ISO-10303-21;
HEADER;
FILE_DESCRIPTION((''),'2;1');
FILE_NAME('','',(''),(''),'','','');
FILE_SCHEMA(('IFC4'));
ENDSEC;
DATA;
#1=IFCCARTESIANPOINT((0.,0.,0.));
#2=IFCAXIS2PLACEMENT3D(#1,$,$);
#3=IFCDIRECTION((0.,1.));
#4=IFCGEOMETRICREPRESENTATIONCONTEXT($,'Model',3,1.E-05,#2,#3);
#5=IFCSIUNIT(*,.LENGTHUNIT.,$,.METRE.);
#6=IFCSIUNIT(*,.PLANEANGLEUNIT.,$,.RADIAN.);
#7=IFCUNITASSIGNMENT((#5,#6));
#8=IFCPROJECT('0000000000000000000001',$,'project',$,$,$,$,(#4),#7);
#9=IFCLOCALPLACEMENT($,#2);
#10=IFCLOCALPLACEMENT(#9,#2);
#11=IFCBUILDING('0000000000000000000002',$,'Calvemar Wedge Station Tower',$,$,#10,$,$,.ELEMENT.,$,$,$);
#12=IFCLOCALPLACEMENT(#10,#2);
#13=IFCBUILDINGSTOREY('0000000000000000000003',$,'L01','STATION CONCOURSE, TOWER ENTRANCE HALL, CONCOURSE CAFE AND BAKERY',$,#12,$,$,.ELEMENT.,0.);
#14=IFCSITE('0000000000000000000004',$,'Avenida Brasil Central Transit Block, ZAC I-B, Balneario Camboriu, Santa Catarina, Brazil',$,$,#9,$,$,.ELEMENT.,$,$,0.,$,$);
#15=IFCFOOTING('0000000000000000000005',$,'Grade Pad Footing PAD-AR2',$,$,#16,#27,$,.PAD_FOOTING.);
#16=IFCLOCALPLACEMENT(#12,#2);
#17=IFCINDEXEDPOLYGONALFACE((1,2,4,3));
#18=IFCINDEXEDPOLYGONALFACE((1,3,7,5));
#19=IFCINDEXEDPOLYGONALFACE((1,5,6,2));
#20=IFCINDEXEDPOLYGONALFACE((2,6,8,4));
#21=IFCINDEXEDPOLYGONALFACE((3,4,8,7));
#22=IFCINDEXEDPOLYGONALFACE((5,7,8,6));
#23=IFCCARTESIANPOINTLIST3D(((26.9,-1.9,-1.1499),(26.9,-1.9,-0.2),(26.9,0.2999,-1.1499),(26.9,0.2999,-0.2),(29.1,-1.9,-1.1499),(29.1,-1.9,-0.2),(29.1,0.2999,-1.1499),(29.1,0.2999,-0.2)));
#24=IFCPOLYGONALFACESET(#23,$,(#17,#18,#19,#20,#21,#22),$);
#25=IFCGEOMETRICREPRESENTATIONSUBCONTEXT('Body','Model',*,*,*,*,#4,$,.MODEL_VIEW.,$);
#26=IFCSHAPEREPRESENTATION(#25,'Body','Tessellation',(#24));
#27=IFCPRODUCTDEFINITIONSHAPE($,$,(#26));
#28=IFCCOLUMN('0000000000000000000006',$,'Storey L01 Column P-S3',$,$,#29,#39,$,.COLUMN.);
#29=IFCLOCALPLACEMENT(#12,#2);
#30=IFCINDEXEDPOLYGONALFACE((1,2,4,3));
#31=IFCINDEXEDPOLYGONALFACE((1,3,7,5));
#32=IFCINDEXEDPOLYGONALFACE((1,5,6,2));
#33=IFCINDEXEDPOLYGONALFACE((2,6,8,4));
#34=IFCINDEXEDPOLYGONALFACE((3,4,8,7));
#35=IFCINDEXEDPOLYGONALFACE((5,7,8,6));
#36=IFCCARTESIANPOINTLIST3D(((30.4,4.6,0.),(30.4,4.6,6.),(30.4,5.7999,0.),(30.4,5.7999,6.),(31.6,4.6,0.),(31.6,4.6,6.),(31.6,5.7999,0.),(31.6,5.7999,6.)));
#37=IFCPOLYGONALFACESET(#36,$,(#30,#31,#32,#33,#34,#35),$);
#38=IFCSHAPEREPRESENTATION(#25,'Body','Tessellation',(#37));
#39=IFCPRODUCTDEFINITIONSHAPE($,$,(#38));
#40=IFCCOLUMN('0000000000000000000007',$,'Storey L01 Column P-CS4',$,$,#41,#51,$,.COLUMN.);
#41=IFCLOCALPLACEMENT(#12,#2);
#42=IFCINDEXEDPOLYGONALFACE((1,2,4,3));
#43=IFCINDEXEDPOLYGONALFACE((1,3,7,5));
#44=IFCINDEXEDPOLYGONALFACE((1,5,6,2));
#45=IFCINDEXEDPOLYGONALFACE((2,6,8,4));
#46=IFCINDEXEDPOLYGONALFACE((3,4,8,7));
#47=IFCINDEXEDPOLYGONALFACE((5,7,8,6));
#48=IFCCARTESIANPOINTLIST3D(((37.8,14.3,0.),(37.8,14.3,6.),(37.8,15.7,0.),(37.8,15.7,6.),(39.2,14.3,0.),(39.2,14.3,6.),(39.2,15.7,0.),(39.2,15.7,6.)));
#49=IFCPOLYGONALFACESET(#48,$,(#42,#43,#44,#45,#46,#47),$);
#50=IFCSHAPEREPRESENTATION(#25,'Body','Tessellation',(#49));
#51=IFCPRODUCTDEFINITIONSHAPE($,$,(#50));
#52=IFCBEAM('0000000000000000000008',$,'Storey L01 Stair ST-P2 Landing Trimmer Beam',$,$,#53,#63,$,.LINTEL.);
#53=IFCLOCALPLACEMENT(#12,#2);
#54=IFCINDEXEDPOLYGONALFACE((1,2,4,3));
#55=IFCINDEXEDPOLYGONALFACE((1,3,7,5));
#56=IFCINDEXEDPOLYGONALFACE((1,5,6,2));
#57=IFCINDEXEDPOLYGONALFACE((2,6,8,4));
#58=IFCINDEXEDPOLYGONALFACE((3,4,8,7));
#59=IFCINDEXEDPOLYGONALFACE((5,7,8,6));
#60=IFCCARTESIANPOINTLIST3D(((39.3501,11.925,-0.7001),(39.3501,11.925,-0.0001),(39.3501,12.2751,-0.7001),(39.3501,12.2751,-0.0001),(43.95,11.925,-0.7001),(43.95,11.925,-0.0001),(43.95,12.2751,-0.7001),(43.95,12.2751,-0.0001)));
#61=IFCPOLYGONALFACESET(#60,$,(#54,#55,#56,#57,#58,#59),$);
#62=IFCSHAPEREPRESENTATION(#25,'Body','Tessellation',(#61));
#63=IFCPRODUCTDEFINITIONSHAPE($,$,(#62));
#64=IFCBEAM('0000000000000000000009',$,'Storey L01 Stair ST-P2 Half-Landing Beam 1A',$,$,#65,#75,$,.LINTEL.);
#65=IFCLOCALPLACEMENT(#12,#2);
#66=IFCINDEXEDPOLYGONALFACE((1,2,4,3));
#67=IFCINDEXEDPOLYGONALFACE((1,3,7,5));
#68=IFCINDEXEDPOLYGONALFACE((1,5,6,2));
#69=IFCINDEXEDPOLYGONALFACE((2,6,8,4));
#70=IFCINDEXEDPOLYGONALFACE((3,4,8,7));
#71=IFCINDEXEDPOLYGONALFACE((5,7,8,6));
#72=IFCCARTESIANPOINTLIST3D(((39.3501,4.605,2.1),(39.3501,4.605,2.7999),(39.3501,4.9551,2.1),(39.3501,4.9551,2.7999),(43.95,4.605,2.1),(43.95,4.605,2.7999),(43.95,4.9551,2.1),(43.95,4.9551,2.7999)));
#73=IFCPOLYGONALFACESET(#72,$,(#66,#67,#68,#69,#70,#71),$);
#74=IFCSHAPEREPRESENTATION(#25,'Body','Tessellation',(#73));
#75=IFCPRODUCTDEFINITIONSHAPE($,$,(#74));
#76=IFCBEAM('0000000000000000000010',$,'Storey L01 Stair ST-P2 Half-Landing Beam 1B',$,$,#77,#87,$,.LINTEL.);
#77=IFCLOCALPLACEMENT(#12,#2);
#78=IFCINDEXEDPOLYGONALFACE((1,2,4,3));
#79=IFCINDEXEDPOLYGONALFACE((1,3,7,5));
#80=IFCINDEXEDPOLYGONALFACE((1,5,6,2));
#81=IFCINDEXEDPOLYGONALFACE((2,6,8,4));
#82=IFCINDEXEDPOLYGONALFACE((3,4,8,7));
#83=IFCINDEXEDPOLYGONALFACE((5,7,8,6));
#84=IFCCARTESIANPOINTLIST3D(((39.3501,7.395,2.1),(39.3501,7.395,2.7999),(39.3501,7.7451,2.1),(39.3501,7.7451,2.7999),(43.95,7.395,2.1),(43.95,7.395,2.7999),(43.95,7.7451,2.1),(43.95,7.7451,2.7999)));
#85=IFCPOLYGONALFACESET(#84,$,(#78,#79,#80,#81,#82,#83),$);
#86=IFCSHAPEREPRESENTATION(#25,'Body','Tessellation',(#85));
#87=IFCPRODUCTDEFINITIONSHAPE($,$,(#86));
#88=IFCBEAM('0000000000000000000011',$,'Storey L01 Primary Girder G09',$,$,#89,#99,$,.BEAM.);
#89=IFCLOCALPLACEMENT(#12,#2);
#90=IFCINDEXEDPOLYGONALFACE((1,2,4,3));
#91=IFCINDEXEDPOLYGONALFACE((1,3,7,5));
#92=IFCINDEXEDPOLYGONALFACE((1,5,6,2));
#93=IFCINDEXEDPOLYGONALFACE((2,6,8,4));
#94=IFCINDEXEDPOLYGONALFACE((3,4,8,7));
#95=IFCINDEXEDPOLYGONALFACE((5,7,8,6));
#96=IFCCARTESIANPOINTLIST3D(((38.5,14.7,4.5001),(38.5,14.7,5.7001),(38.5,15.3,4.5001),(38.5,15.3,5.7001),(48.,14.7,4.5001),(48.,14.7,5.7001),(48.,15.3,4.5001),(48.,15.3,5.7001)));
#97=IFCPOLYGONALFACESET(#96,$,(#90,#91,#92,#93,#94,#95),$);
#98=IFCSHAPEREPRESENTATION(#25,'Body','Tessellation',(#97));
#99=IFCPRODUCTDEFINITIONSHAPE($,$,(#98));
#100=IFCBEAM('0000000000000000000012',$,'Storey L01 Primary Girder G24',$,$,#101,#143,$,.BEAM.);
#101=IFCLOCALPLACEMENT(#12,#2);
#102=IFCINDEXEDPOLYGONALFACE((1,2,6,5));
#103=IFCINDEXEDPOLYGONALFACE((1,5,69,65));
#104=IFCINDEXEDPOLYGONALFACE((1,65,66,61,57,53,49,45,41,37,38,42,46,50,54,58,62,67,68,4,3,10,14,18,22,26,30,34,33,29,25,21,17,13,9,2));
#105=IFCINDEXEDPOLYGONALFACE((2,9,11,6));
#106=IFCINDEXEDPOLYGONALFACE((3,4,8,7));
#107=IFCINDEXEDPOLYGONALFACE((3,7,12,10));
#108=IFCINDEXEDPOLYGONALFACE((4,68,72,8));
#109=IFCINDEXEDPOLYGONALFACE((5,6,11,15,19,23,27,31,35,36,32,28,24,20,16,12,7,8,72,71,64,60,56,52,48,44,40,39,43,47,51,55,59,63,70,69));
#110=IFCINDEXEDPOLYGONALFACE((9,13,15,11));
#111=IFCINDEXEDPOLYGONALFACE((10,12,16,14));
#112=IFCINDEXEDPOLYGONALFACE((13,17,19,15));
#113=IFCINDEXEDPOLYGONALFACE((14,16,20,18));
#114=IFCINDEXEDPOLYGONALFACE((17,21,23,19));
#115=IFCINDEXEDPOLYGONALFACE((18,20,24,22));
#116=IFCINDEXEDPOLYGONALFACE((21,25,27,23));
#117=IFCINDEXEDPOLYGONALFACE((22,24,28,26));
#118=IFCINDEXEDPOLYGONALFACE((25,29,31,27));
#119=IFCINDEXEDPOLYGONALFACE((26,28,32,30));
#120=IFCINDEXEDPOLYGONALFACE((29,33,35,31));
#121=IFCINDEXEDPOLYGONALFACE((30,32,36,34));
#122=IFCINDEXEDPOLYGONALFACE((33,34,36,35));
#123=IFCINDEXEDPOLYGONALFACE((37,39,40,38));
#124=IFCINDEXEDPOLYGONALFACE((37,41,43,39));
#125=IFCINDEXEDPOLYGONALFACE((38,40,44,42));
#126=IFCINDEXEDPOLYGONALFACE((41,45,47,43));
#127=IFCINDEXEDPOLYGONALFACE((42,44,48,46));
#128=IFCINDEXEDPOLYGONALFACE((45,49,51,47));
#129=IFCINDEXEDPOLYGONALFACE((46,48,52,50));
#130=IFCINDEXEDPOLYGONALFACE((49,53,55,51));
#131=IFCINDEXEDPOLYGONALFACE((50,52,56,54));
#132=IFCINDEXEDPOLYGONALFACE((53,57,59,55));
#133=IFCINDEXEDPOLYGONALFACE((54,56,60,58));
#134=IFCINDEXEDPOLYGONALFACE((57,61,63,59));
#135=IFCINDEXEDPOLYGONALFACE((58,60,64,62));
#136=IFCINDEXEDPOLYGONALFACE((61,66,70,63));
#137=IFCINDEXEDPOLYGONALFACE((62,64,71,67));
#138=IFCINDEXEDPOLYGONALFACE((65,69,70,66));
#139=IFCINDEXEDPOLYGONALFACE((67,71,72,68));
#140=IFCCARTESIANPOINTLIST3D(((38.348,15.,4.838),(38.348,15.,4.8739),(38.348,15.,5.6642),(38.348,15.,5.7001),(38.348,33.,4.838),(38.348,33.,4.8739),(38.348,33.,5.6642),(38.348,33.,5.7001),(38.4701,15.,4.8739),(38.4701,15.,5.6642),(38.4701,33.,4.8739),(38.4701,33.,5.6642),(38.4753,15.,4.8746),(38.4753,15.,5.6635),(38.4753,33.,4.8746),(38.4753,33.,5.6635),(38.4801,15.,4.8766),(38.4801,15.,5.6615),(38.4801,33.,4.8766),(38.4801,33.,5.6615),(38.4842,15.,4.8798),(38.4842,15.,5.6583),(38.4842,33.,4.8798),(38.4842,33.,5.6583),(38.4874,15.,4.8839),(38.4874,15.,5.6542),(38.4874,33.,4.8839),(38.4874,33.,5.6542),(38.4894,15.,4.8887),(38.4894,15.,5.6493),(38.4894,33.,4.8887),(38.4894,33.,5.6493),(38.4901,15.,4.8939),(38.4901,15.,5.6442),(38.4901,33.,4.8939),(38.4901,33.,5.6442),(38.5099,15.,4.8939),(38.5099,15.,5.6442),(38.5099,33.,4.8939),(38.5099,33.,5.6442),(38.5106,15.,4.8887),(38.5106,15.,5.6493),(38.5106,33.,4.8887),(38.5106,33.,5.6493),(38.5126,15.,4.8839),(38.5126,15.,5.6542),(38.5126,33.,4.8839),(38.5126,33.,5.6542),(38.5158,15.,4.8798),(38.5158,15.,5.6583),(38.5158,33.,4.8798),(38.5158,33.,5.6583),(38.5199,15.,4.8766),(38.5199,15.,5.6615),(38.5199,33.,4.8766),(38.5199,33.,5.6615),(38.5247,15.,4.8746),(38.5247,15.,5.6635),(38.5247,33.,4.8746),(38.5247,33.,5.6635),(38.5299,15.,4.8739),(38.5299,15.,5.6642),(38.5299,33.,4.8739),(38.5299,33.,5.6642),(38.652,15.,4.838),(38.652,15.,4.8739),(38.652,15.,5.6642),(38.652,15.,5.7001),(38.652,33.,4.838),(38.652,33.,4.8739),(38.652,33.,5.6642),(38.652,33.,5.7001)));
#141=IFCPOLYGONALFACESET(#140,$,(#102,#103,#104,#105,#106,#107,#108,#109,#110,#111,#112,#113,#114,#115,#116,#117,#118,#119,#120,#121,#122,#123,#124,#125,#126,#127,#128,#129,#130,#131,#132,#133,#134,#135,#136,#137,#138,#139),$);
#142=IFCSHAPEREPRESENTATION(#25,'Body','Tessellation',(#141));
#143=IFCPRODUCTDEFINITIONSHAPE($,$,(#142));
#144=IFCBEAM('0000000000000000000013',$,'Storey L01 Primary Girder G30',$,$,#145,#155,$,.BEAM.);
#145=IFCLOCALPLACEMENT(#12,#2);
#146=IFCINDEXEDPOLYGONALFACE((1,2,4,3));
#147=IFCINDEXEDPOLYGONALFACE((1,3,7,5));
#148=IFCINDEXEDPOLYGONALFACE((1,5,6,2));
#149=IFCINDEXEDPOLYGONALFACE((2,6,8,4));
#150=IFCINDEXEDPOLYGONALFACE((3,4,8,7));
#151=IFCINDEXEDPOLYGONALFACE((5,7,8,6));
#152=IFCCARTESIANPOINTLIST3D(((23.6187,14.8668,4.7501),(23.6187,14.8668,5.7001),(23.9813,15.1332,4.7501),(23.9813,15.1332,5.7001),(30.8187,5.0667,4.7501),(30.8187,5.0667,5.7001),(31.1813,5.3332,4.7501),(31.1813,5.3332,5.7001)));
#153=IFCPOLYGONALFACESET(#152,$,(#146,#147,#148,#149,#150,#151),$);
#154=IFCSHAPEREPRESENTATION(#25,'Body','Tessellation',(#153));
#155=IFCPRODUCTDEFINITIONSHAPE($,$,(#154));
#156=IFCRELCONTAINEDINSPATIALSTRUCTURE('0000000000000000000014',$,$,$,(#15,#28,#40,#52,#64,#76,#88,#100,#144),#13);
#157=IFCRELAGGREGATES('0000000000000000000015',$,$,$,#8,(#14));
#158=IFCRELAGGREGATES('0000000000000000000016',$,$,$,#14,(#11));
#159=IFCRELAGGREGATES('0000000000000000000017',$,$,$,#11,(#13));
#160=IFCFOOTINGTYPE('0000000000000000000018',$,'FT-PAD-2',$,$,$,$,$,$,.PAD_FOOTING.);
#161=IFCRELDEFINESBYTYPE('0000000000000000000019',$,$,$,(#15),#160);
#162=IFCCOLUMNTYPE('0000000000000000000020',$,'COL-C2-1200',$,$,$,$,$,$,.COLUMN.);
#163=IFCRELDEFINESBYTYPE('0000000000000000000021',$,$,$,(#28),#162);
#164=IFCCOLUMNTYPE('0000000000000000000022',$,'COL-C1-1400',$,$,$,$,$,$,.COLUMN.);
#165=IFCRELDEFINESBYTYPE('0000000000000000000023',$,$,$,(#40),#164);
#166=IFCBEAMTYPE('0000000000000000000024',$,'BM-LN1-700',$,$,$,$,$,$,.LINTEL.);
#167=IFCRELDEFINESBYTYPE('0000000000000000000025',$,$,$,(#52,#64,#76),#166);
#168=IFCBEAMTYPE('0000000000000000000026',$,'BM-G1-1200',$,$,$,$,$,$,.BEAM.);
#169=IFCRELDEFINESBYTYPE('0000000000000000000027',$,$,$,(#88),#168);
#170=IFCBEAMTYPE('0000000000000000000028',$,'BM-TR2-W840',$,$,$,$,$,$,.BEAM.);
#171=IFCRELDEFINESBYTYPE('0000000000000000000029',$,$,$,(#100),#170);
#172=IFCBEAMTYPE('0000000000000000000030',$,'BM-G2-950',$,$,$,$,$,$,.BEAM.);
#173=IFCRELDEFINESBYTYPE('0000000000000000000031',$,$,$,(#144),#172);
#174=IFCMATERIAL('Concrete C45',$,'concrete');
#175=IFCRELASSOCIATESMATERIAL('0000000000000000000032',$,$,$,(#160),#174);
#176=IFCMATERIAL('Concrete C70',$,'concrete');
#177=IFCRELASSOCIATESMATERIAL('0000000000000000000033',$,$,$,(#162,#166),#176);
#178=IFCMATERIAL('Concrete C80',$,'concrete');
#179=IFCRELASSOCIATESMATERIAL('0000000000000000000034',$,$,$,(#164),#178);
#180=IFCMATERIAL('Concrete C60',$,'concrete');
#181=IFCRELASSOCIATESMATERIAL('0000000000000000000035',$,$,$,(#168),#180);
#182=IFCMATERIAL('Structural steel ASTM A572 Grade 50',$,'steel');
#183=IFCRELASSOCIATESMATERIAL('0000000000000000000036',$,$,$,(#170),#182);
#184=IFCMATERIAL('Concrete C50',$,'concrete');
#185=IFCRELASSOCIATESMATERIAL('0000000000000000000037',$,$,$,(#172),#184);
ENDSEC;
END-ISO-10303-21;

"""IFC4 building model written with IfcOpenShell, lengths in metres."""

from ifc_helpers import new_model, si_unit, direction, frame, origin, origin_2d, place, context, subcontext, project, spatial, rectangle, i_section, extrude, source, transform, mapped, material, material_profile, profile_set, type_object, element, save


model = new_model("IFC4")

# Units and contexts
model_context = context("Model", 3, precision=1e-05, world=origin(), true_north=direction((0.0, 1.0)))
body_context = subcontext(model_context, "Body", "Model", "MODEL_VIEW")
ifc_project = project(units=[si_unit("LENGTHUNIT", "METRE"), si_unit("PLANEANGLEUNIT", "RADIAN")], contexts=[model_context])

# Site, building, storey
site_placement = place(None, origin())
site = spatial("IfcSite", under=ifc_project, at=site_placement, Name="Avenida Brasil Central Transit Block, ZAC I-B, Balneario Camboriu, Santa Catarina, Brazil", CompositionType="ELEMENT", RefElevation=0.0)
building_placement = place(site_placement, origin())
building = spatial("IfcBuilding", under=site, at=building_placement, Name="Calvemar Wedge Station Tower", CompositionType="ELEMENT")
storey_placement = place(building_placement, origin())
storey = spatial("IfcBuildingStorey", under=building, at=storey_placement, Name="L01", Description="STATION CONCOURSE, TOWER ENTRANCE HALL, CONCOURSE CAFE AND BAKERY", CompositionType="ELEMENT", Elevation=0.0)

# Footing
ifc_material_1 = material(Name="Concrete C45", Category="concrete")
footing_type = type_object("IfcFootingType", Name="FT-PAD-2", PredefinedType="PAD_FOOTING", material=ifc_material_1)
shared_shape_1 = source(origin(), body_context, "Body", "SweptSolid", [
    extrude(rectangle(XDim=2.2, YDim=2.2, at=origin_2d()), origin(), (0.0, 0.0, 1.0), 0.95),
])
footing_placement = place(storey_placement, frame((28.0, -0.8, -1.1499), z_axis=(0.0, 0.0, 1.0), x_axis=(1.0, 0.0, 0.0)))
element("IfcFooting", 1, at=footing_placement, inside=storey, type_object=footing_type, Name="Grade Pad Footing PAD-AR2", PredefinedType="PAD_FOOTING", context=body_context, shape_type="MappedRepresentation", body=[
    mapped(shared_shape_1, transform((0.0, 0.0, 0.0), scale=1.0)),
])

# Columns
ifc_material_2 = material(Name="Concrete C70", Category="concrete")
ifc_material_profile_1 = material_profile(ifc_material_2, rectangle(XDim=1.2, YDim=1.2, at=origin_2d()), Name="RC1200x1200")
ifc_profile_set_1 = profile_set([ifc_material_profile_1], Name="Concrete C70")
column_type_1 = type_object("IfcColumnType", Name="COL-C2-1200", PredefinedType="COLUMN", material=ifc_profile_set_1)
shared_shape_2 = source(origin(), body_context, "Body", "SweptSolid", [
    extrude(rectangle(XDim=1.2, YDim=1.2, at=origin_2d()), origin(), (0.0, 0.0, 1.0), 6.0),
])
column_1_placement = place(storey_placement, frame((31.0, 5.2, 0.0), z_axis=(0.0, 0.0, 1.0), x_axis=(1.0, 0.0, 0.0)))
element("IfcColumn", 2, at=column_1_placement, inside=storey, type_object=column_type_1, Name="Storey L01 Column P-S3", PredefinedType="COLUMN", context=body_context, shape_type="MappedRepresentation", body=[
    mapped(shared_shape_2, transform((0.0, 0.0, 0.0), scale=1.0)),
])
ifc_material_3 = material(Name="Concrete C80", Category="concrete")
ifc_material_profile_2 = material_profile(ifc_material_3, rectangle(XDim=1.3999, YDim=1.3999, at=origin_2d()), Name="RC1400x1400")
ifc_profile_set_2 = profile_set([ifc_material_profile_2], Name="Concrete C80")
column_type_2 = type_object("IfcColumnType", Name="COL-C1-1400", PredefinedType="COLUMN", material=ifc_profile_set_2)
shared_shape_3 = source(origin(), body_context, "Body", "SweptSolid", [
    extrude(rectangle(XDim=1.3999, YDim=1.3999, at=origin_2d()), origin(), (0.0, 0.0, 1.0), 6.0),
])
column_2_placement = place(storey_placement, frame((38.5, 15.0, 0.0), z_axis=(0.0, 0.0, 1.0), x_axis=(1.0, 0.0, 0.0)))
element("IfcColumn", 3, at=column_2_placement, inside=storey, type_object=column_type_2, Name="Storey L01 Column P-CS4", PredefinedType="COLUMN", context=body_context, shape_type="MappedRepresentation", body=[
    mapped(shared_shape_3, transform((0.0, 0.0, 0.0), scale=1.0)),
])

# Beams
ifc_material_profile_3 = material_profile(ifc_material_2, rectangle(XDim=0.3501, YDim=0.7, at=origin_2d()), Name="RC350x700")
ifc_profile_set_3 = profile_set([ifc_material_profile_3], Name="Concrete C70")
beam_type_1 = type_object("IfcBeamType", Name="BM-LN1-700", PredefinedType="LINTEL", material=ifc_profile_set_3)
shared_shape_4 = source(origin(), body_context, "Body", "SweptSolid", [
    extrude(rectangle(XDim=0.3501, YDim=0.7, at=origin_2d()), origin(), (0.0, 0.0, 1.0), 4.5999),
])
for number, where, z_axis, x_axis, name in (
    (4, (39.3501, 12.1001, -0.3501), (1.0, 0.0, 0.0), (0.0, 1.0, 0.0), "Storey L01 Stair ST-P2 Landing Trimmer Beam"),
    (5, (39.3501, 4.78, 2.45), (1.0, 0.0, 0.0), (0.0, 1.0, 0.0), "Storey L01 Stair ST-P2 Half-Landing Beam 1A"),
    (6, (39.3501, 7.5701, 2.45), (1.0, 0.0, 0.0), (0.0, 1.0, 0.0), "Storey L01 Stair ST-P2 Half-Landing Beam 1B"),
):
    element("IfcBeam", number, at=place(storey_placement, frame(where, z_axis=z_axis, x_axis=x_axis)), inside=storey, type_object=beam_type_1, Name=name, PredefinedType="LINTEL", context=body_context, shape_type="MappedRepresentation", body=[
        mapped(shared_shape_4, transform((0.0, 0.0, 0.0), scale=1.0)),
    ])
ifc_material_4 = material(Name="Concrete C60", Category="concrete")
ifc_material_profile_4 = material_profile(ifc_material_4, rectangle(XDim=0.6001, YDim=1.2, at=origin_2d()), Name="RC600x1200")
ifc_profile_set_4 = profile_set([ifc_material_profile_4], Name="Concrete C60")
beam_type_2 = type_object("IfcBeamType", Name="BM-G1-1200", PredefinedType="BEAM", material=ifc_profile_set_4)
shared_shape_5 = source(origin(), body_context, "Body", "SweptSolid", [
    extrude(rectangle(XDim=0.6001, YDim=1.2, at=origin_2d()), origin(), (0.0, 0.0, 1.0), 9.5),
])
beam_1_placement = place(storey_placement, frame((38.5, 15.0, 5.1001), z_axis=(1.0, 0.0, 0.0), x_axis=(0.0, 1.0, 0.0)))
element("IfcBeam", 7, at=beam_1_placement, inside=storey, type_object=beam_type_2, Name="Storey L01 Primary Girder G09", PredefinedType="BEAM", context=body_context, shape_type="MappedRepresentation", body=[
    mapped(shared_shape_5, transform((0.0, 0.0, 0.0), scale=1.0)),
])
ifc_material_5 = material(Name="Structural steel ASTM A572 Grade 50", Category="steel")
ifc_material_profile_5 = material_profile(ifc_material_5, i_section(OverallWidth=0.304, OverallDepth=0.8621, WebThickness=0.0198, FlangeThickness=0.0359, FilletRadius=0.02, at=origin_2d()), Name="W840x329")
ifc_profile_set_5 = profile_set([ifc_material_profile_5], Name="Structural steel ASTM A572 Grade 50")
beam_type_3 = type_object("IfcBeamType", Name="BM-TR2-W840", PredefinedType="BEAM", material=ifc_profile_set_5)
shared_shape_6 = source(origin(), body_context, "Body", "SweptSolid", [
    extrude(i_section(OverallWidth=0.304, OverallDepth=0.8621, WebThickness=0.0198, FlangeThickness=0.0359, FilletRadius=0.02, at=origin_2d()), origin(), (0.0, 0.0, 1.0), 18.0),
])
beam_2_placement = place(storey_placement, frame((38.5, 15.0, 5.269), z_axis=(0.0, 1.0, 0.0), x_axis=(-1.0, 0.0, 0.0)))
element("IfcBeam", 8, at=beam_2_placement, inside=storey, type_object=beam_type_3, Name="Storey L01 Primary Girder G24", PredefinedType="BEAM", context=body_context, shape_type="MappedRepresentation", body=[
    mapped(shared_shape_6, transform((0.0, 0.0, 0.0), scale=1.0)),
])
ifc_material_6 = material(Name="Concrete C50", Category="concrete")
ifc_material_profile_6 = material_profile(ifc_material_6, rectangle(XDim=0.45, YDim=0.95, at=origin_2d()), Name="RC450x950")
ifc_profile_set_6 = profile_set([ifc_material_profile_6], Name="Concrete C50")
beam_type_4 = type_object("IfcBeamType", Name="BM-G2-950", PredefinedType="BEAM", material=ifc_profile_set_6)
shared_shape_7 = source(origin(), body_context, "Body", "SweptSolid", [
    extrude(rectangle(XDim=0.45, YDim=0.95, at=origin_2d()), origin(), (0.0, 0.0, 1.0), 12.1606),
])
beam_3_placement = place(storey_placement, frame((31.0, 5.2, 5.2251), z_axis=(-0.592072, 0.805885, 0.0), x_axis=(-0.805885, -0.592072, 0.0)))
element("IfcBeam", 9, at=beam_3_placement, inside=storey, type_object=beam_type_4, Name="Storey L01 Primary Girder G30", PredefinedType="BEAM", context=body_context, shape_type="MappedRepresentation", body=[
    mapped(shared_shape_7, transform((0.0, 0.0, 0.0), scale=1.0)),
])

save(model, "model.ifc")
